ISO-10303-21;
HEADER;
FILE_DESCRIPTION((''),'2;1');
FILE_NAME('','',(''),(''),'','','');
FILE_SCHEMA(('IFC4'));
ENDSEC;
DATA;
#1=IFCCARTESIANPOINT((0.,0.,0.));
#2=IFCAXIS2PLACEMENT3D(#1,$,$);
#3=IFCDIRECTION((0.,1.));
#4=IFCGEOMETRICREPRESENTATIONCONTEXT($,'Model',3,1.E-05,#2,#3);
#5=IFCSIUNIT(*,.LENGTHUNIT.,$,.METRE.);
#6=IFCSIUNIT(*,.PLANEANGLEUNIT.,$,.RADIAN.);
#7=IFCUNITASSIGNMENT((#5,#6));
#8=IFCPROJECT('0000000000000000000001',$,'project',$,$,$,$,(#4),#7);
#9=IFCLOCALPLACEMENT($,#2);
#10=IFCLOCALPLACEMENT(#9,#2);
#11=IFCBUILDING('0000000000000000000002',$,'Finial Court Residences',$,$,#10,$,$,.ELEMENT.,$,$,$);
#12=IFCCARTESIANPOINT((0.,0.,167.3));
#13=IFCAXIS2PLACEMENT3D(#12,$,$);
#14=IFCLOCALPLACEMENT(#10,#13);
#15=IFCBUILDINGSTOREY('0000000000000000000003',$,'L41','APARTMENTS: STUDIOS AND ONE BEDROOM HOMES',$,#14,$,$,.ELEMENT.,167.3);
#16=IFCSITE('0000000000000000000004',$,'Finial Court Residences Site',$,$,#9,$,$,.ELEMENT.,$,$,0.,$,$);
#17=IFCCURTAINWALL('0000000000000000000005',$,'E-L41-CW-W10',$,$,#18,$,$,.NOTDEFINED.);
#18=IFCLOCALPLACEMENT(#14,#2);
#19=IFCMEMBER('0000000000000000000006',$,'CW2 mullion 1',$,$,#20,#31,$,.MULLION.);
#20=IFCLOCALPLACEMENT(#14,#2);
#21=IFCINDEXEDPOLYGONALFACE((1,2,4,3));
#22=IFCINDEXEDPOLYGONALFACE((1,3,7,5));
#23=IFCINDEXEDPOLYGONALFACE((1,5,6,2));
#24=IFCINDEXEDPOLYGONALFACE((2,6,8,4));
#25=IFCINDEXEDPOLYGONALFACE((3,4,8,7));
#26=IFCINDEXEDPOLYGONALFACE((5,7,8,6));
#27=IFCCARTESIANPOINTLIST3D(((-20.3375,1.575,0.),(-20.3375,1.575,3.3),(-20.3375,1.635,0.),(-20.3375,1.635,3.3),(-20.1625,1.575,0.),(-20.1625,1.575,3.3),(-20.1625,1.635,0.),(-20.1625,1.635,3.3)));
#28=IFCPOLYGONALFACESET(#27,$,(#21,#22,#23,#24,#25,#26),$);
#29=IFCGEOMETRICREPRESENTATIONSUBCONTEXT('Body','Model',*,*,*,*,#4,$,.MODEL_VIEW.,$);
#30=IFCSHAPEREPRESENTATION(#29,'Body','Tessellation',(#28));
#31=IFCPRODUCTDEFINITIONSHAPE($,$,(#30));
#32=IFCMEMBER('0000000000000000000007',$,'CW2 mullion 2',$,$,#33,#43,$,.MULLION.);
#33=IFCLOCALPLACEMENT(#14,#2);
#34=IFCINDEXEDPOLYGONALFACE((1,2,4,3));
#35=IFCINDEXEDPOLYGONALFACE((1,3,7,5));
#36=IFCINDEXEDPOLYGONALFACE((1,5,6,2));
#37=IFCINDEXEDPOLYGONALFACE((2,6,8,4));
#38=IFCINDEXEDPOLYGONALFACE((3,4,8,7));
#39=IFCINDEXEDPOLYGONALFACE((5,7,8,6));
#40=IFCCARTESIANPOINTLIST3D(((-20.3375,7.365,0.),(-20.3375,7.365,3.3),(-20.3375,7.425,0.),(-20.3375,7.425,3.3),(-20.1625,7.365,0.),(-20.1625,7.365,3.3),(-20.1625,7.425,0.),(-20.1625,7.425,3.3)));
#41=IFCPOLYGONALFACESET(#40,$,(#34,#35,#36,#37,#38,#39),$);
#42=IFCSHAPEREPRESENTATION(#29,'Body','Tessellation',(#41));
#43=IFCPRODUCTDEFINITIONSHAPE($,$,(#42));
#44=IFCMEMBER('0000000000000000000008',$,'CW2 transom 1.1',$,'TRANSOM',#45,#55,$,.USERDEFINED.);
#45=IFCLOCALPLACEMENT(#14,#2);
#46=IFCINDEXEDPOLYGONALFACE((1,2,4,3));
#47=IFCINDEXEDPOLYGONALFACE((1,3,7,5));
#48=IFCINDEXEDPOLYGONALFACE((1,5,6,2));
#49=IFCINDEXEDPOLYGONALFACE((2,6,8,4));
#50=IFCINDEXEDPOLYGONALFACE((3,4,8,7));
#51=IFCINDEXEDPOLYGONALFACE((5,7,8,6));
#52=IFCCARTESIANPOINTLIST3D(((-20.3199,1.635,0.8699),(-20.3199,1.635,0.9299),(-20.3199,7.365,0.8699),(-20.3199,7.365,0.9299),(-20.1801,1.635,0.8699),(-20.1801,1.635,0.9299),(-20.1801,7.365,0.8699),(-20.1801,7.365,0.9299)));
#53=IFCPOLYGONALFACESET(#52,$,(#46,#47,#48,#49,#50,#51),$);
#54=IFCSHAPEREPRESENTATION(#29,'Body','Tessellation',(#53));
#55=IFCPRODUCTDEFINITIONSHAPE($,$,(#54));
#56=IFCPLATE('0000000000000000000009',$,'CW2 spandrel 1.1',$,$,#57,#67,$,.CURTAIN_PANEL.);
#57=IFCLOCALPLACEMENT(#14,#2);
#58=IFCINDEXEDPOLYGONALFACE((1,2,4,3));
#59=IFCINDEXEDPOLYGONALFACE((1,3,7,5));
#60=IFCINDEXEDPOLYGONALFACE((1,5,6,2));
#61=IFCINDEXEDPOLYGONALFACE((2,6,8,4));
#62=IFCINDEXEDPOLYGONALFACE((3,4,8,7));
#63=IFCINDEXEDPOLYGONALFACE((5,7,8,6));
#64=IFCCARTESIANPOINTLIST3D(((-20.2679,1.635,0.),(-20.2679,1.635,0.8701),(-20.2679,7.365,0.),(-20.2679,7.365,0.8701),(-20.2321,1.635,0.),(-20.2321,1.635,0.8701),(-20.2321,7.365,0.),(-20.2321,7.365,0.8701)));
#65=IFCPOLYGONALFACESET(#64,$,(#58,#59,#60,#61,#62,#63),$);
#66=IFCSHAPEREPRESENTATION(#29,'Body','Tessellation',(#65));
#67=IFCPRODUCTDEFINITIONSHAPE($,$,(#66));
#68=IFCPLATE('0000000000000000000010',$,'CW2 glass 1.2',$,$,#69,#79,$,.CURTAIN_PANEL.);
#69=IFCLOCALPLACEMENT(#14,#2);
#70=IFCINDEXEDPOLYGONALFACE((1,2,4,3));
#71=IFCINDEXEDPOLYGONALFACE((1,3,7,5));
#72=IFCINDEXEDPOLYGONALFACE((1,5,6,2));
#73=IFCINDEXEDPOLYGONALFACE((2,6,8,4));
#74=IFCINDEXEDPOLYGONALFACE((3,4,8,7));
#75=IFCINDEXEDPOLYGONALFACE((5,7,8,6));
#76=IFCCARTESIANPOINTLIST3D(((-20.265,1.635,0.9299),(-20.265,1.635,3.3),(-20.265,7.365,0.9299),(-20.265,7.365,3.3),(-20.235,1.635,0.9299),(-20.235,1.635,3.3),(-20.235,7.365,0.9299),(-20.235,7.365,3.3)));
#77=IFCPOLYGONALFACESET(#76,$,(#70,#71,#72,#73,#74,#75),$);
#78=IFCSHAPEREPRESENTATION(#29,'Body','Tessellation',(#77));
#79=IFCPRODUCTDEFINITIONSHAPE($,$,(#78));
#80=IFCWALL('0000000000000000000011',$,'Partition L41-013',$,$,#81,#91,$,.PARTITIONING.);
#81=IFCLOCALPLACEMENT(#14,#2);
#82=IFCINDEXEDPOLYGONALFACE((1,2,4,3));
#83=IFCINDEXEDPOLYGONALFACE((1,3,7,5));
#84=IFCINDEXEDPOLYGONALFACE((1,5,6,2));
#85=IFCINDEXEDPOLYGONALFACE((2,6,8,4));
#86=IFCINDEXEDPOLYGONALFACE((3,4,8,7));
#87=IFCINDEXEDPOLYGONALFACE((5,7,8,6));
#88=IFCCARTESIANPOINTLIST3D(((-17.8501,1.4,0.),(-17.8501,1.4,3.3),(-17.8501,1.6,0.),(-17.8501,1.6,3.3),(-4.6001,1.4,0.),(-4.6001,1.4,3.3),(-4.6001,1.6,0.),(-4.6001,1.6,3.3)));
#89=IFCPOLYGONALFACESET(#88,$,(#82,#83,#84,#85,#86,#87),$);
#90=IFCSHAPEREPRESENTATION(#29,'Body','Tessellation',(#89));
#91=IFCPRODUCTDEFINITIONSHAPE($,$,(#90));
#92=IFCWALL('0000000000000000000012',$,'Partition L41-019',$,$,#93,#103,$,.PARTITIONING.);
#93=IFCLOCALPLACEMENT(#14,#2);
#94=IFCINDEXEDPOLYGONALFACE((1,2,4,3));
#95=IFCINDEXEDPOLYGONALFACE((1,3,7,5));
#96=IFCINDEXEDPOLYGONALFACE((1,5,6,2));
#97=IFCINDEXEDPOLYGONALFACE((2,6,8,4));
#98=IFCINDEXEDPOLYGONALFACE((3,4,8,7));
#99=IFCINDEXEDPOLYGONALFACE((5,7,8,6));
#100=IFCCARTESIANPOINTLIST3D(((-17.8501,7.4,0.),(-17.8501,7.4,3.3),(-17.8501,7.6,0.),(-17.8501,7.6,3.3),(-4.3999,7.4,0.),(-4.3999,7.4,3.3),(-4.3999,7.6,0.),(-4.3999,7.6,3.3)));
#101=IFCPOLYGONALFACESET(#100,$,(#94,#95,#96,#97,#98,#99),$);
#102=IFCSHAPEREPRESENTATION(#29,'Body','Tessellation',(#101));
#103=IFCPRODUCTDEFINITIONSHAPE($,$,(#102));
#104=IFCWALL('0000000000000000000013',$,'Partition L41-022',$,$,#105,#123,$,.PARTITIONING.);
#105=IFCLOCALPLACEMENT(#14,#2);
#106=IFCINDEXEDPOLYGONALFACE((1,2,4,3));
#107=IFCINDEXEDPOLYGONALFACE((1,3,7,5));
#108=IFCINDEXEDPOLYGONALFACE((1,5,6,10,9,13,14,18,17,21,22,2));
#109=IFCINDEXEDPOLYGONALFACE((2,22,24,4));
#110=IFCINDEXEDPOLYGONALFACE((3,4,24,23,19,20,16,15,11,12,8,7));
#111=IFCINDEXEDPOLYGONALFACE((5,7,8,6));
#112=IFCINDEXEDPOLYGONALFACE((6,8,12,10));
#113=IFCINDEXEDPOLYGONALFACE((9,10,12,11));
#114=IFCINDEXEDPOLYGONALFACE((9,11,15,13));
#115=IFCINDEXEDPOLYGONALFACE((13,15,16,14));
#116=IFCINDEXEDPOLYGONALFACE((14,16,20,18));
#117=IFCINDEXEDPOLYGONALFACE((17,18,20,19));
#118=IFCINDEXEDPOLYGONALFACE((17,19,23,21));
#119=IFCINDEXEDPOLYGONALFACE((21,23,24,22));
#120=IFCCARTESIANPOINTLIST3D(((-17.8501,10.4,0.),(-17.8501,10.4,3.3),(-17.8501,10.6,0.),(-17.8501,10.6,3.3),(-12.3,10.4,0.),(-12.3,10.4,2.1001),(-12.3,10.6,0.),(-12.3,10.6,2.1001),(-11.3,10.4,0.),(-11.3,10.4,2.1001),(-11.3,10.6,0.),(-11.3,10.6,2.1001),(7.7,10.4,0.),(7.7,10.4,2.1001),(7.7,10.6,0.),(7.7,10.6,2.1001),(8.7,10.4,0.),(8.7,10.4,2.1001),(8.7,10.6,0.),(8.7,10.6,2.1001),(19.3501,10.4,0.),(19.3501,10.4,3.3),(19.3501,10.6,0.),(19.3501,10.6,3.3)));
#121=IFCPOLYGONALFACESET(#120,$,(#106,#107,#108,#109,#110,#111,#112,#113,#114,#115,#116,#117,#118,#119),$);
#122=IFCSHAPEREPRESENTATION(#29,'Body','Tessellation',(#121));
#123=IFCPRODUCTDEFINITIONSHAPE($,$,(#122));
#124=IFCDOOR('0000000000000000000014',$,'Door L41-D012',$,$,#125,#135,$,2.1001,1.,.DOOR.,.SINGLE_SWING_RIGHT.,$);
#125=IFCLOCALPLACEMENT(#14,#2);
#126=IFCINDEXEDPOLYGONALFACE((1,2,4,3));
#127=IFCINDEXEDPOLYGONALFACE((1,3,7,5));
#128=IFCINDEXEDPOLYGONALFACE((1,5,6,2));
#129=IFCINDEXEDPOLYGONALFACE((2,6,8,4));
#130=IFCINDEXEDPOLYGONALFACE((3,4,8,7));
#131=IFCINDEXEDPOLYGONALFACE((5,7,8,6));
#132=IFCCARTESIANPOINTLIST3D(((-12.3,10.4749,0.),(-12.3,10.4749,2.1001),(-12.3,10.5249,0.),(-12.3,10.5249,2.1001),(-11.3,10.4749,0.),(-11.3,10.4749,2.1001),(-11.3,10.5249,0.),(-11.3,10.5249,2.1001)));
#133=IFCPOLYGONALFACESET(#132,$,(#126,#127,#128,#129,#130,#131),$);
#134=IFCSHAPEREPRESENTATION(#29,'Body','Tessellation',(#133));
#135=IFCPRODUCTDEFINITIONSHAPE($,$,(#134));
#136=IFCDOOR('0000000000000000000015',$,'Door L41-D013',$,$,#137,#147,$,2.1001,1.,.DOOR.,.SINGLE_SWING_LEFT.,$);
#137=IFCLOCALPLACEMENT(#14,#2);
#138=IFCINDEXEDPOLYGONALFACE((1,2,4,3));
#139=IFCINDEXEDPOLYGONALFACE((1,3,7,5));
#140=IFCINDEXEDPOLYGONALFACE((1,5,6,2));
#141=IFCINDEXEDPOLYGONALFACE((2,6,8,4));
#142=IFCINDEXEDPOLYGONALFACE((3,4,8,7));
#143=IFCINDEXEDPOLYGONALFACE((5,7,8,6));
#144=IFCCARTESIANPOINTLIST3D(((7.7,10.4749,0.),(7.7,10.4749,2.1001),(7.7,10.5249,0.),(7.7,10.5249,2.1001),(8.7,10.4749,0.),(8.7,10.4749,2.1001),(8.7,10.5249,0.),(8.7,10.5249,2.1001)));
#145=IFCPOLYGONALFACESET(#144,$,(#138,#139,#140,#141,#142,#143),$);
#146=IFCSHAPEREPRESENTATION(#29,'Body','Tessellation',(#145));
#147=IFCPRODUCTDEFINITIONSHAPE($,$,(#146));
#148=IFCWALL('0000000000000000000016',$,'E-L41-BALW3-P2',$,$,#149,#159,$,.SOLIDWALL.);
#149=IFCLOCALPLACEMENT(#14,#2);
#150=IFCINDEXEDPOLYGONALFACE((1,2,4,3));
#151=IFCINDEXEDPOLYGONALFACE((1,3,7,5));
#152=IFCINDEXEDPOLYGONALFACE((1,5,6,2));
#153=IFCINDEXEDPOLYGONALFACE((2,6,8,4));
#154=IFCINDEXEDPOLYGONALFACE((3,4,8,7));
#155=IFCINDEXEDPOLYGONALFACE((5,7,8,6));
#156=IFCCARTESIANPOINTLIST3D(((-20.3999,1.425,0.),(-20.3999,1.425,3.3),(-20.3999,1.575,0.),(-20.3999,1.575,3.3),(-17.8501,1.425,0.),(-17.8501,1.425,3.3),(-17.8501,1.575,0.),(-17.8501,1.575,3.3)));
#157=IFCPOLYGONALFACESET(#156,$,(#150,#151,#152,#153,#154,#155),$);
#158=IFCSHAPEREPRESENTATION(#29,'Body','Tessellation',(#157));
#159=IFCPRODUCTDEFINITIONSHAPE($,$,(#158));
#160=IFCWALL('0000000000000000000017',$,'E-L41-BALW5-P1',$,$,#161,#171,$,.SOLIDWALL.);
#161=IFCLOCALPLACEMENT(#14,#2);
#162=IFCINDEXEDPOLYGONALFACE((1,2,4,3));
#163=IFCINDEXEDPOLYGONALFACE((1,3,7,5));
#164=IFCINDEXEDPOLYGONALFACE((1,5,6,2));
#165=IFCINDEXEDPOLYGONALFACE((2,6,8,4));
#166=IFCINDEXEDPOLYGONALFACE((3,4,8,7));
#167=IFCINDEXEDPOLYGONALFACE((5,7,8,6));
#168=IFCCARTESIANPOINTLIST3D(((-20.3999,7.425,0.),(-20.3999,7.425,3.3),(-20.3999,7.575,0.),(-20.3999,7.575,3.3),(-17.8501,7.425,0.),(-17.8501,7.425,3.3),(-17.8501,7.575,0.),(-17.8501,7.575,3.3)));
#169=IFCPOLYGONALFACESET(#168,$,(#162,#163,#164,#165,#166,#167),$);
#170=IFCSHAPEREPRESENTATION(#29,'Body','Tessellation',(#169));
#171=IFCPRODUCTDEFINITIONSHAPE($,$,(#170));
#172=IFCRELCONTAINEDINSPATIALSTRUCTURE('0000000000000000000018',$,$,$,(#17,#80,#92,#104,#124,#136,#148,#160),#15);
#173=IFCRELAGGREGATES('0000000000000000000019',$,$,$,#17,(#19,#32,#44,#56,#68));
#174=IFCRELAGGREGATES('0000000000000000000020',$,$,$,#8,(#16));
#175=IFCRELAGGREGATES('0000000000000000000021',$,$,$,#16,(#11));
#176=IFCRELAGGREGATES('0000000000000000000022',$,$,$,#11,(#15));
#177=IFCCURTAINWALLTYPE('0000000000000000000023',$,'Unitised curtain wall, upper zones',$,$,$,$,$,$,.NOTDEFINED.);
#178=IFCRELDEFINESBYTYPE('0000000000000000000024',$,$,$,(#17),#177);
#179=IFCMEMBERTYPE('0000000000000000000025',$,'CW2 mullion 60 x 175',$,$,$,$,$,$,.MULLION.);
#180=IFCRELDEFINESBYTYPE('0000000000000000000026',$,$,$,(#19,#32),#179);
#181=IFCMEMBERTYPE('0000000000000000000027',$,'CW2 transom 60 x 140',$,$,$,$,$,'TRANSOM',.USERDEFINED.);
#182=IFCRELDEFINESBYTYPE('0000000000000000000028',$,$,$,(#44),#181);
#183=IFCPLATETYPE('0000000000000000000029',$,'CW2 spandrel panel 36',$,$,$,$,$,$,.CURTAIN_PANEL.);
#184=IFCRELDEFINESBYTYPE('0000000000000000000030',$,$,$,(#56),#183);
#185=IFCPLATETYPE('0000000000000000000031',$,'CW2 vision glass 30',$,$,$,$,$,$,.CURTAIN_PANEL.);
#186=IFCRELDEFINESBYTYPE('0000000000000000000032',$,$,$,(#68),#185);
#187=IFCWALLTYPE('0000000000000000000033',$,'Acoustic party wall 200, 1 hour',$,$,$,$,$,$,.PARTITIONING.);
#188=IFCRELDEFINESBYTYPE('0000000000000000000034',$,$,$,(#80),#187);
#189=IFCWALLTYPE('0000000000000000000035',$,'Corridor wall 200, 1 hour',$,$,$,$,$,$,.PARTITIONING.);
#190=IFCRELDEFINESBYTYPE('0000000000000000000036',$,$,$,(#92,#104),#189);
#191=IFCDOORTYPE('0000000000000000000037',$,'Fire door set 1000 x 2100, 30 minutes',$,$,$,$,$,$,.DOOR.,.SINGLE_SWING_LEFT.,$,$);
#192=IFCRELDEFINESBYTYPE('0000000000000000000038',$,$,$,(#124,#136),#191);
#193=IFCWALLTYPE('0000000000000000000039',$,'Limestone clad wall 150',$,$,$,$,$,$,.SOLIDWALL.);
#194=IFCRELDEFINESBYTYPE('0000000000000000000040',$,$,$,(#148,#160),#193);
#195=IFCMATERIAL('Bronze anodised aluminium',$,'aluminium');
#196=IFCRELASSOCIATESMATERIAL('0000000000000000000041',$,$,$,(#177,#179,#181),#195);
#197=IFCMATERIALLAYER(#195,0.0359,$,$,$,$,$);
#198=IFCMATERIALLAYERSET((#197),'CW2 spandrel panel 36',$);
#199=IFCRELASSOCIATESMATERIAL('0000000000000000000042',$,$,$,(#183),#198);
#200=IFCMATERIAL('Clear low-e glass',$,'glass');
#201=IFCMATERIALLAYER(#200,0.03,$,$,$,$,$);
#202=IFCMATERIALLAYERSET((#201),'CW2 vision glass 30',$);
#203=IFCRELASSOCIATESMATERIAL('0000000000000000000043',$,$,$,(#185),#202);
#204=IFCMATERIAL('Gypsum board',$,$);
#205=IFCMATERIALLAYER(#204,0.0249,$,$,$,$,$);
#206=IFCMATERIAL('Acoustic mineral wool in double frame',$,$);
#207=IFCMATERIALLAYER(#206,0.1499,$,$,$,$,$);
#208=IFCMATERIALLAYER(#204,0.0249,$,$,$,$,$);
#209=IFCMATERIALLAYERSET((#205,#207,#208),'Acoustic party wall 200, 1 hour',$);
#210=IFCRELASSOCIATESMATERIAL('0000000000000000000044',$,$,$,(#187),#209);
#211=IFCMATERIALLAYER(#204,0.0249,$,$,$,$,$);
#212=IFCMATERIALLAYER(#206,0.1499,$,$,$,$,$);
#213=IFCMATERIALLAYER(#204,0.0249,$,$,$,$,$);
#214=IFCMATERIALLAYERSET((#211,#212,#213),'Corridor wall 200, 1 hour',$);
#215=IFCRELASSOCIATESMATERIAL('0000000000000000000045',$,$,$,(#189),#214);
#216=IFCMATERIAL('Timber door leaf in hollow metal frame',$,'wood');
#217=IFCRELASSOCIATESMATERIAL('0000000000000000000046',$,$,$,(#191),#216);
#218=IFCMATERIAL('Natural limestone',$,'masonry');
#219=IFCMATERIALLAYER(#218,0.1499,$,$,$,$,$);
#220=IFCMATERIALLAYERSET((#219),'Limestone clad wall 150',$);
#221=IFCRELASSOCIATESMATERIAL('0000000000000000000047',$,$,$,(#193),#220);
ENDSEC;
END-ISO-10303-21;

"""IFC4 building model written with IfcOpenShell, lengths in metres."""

from ifc_helpers import new_model, si_unit, direction, frame, frame_2d, origin, origin_2d, place, context, subcontext, project, spatial, rectangle, extrude, material, layer, layer_set, material_profile, profile_set, type_object, element, fill, aggregate, save


model = new_model("IFC4")

# Units and contexts
model_context = context("Model", 3, precision=1e-05, world=origin(), true_north=direction((0.0, 1.0)))
body_context = subcontext(model_context, "Body", "Model", "MODEL_VIEW")
ifc_project = project(units=[si_unit("LENGTHUNIT", "METRE"), si_unit("PLANEANGLEUNIT", "RADIAN")], contexts=[model_context])

# Site, building, storey
site_placement = place(None, origin())
site = spatial("IfcSite", under=ifc_project, at=site_placement, Name="Finial Court Residences Site", CompositionType="ELEMENT", RefElevation=0.0)
building_placement = place(site_placement, origin())
building = spatial("IfcBuilding", under=site, at=building_placement, Name="Finial Court Residences", CompositionType="ELEMENT")
storey_placement = place(building_placement, frame((0.0, 0.0, 167.3)))
storey = spatial("IfcBuildingStorey", under=building, at=storey_placement, Name="L41", Description="APARTMENTS: STUDIOS AND ONE BEDROOM HOMES", CompositionType="ELEMENT", Elevation=167.3)

# Curtain wall, members, plates
ifc_material_1 = material(Name="Bronze anodised aluminium", Category="aluminium")
curtain_wall_type = type_object("IfcCurtainWallType", Name="Unitised curtain wall, upper zones", PredefinedType="NOTDEFINED", material=ifc_material_1)
curtain_wall_placement = place(storey_placement, origin())
curtain_wall = element("IfcCurtainWall", 1, at=curtain_wall_placement, inside=storey, type_object=curtain_wall_type, Name="E-L41-CW-W10", PredefinedType="NOTDEFINED")
ifc_material_profile_1 = material_profile(ifc_material_1, rectangle(XDim=0.175, YDim=0.0601, at=origin_2d()), Name="CW2 mullion 60 x 175")
ifc_profile_set_1 = profile_set([ifc_material_profile_1], Name="Bronze anodised aluminium")
member_type_1 = type_object("IfcMemberType", Name="CW2 mullion 60 x 175", PredefinedType="MULLION", material=ifc_profile_set_1)
member_1_placement = place(storey_placement, frame((-20.25, 1.605, 0.0), z_axis=(0.0, 0.0, 1.0), x_axis=(-1.0, 0.0, 0.0)))
member_1 = element("IfcMember", 2, at=member_1_placement, type_object=member_type_1, Name="CW2 mullion 1", PredefinedType="MULLION", context=body_context, shape_type="SweptSolid", body=[
    extrude(rectangle(XDim=0.175, YDim=0.0601, at=origin_2d()), origin(), (0.0, 0.0, 1.0), 3.3),
])
member_2_placement = place(storey_placement, frame((-20.25, 7.395, 0.0), z_axis=(0.0, 0.0, 1.0), x_axis=(-1.0, 0.0, 0.0)))
member_2 = element("IfcMember", 3, at=member_2_placement, type_object=member_type_1, Name="CW2 mullion 2", PredefinedType="MULLION", context=body_context, shape_type="SweptSolid", body=[
    extrude(rectangle(XDim=0.175, YDim=0.0601, at=origin_2d()), origin(), (0.0, 0.0, 1.0), 3.3),
])
ifc_material_profile_2 = material_profile(ifc_material_1, rectangle(XDim=0.1399, YDim=0.0601, at=origin_2d()), Name="CW2 transom 60 x 140")
ifc_profile_set_2 = profile_set([ifc_material_profile_2], Name="Bronze anodised aluminium")
member_type_2 = type_object("IfcMemberType", Name="CW2 transom 60 x 140", ElementType="TRANSOM", PredefinedType="USERDEFINED", material=ifc_profile_set_2)
member_3_placement = place(storey_placement, frame((-20.25, 1.635, 0.8999), z_axis=(0.0, 1.0, 0.0), x_axis=(-1.0, 0.0, 0.0)))
member_3 = element("IfcMember", 4, at=member_3_placement, type_object=member_type_2, Name="CW2 transom 1.1", ObjectType="TRANSOM", PredefinedType="USERDEFINED", context=body_context, shape_type="SweptSolid", body=[
    extrude(rectangle(XDim=0.1399, YDim=0.0601, at=origin_2d()), origin(), (0.0, 0.0, 1.0), 5.73),
])
ifc_layer_1 = layer(ifc_material_1, 0.0359)
ifc_layer_set_1 = layer_set([ifc_layer_1], Name="CW2 spandrel panel 36")
plate_type_1 = type_object("IfcPlateType", Name="CW2 spandrel panel 36", PredefinedType="CURTAIN_PANEL", material=ifc_layer_set_1)
plate_1_placement = place(storey_placement, frame((-20.25, 4.5, 0.0), z_axis=(0.0, 0.0, 1.0), x_axis=(0.0, 1.0, 0.0)))
plate_1 = element("IfcPlate", 5, at=plate_1_placement, type_object=plate_type_1, Name="CW2 spandrel 1.1", PredefinedType="CURTAIN_PANEL", context=body_context, shape_type="SweptSolid", body=[
    extrude(rectangle(XDim=5.73, YDim=0.0359, at=origin_2d()), origin(), (0.0, 0.0, 1.0), 0.8701),
])
ifc_material_2 = material(Name="Clear low-e glass", Category="glass")
ifc_layer_2 = layer(ifc_material_2, 0.03)
ifc_layer_set_2 = layer_set([ifc_layer_2], Name="CW2 vision glass 30")
plate_type_2 = type_object("IfcPlateType", Name="CW2 vision glass 30", PredefinedType="CURTAIN_PANEL", material=ifc_layer_set_2)
plate_2_placement = place(storey_placement, frame((-20.25, 4.5, 0.9299), z_axis=(0.0, 0.0, 1.0), x_axis=(0.0, 1.0, 0.0)))
plate_2 = element("IfcPlate", 6, at=plate_2_placement, type_object=plate_type_2, Name="CW2 glass 1.2", PredefinedType="CURTAIN_PANEL", context=body_context, shape_type="SweptSolid", body=[
    extrude(rectangle(XDim=5.73, YDim=0.03, at=origin_2d()), origin(), (0.0, 0.0, 1.0), 2.3701),
])
aggregate(curtain_wall, [member_1, member_2, member_3, plate_1, plate_2])

# Walls
ifc_material_3 = material(Name="Gypsum board")
ifc_layer_3 = layer(ifc_material_3, 0.0249)
ifc_material_4 = material(Name="Acoustic mineral wool in double frame")
ifc_layer_4 = layer(ifc_material_4, 0.1499)
ifc_layer_5 = layer(ifc_material_3, 0.0249)
ifc_layer_set_3 = layer_set([ifc_layer_3, ifc_layer_4, ifc_layer_5], Name="Acoustic party wall 200, 1 hour")
wall_type_1 = type_object("IfcWallType", Name="Acoustic party wall 200, 1 hour", PredefinedType="PARTITIONING", material=ifc_layer_set_3)
wall_1_placement = place(storey_placement, frame((-17.8501, 1.5, 0.0), z_axis=(0.0, 0.0, 1.0), x_axis=(1.0, 0.0, 0.0)))
element("IfcWall", 7, at=wall_1_placement, inside=storey, type_object=wall_type_1, Name="Partition L41-013", PredefinedType="PARTITIONING", context=body_context, shape_type="SweptSolid", body=[
    extrude(rectangle(XDim=13.25, YDim=0.2, at=frame_2d((6.625, 0.0))), origin(), (0.0, 0.0, 1.0), 3.3),
])
ifc_layer_6 = layer(ifc_material_3, 0.0249)
ifc_layer_7 = layer(ifc_material_4, 0.1499)
ifc_layer_8 = layer(ifc_material_3, 0.0249)
ifc_layer_set_4 = layer_set([ifc_layer_6, ifc_layer_7, ifc_layer_8], Name="Corridor wall 200, 1 hour")
wall_type_2 = type_object("IfcWallType", Name="Corridor wall 200, 1 hour", PredefinedType="PARTITIONING", material=ifc_layer_set_4)
wall_2_placement = place(storey_placement, frame((-17.8501, 7.5, 0.0), z_axis=(0.0, 0.0, 1.0), x_axis=(1.0, 0.0, 0.0)))
element("IfcWall", 8, at=wall_2_placement, inside=storey, type_object=wall_type_2, Name="Partition L41-019", PredefinedType="PARTITIONING", context=body_context, shape_type="SweptSolid", body=[
    extrude(rectangle(XDim=13.4502, YDim=0.2, at=frame_2d((6.7251, 0.0))), origin(), (0.0, 0.0, 1.0), 3.3),
])

# Wall, openings, doors
wall_3_placement = place(storey_placement, frame((-17.8501, 10.5, 0.0), z_axis=(0.0, 0.0, 1.0), x_axis=(1.0, 0.0, 0.0)))
wall_3 = element("IfcWall", 9, at=wall_3_placement, inside=storey, type_object=wall_type_2, Name="Partition L41-022", PredefinedType="PARTITIONING", context=body_context, shape_type="SweptSolid", body=[
    extrude(rectangle(XDim=37.2002, YDim=0.2, at=frame_2d((18.6001, 0.0))), origin(), (0.0, 0.0, 1.0), 3.3),
])
opening_1_placement = place(wall_3_placement, frame((5.55, 0.0, 0.0)))
opening_1 = element("IfcOpeningElement", 10, at=opening_1_placement, cuts=wall_3, PredefinedType="OPENING", context=body_context, shape_type="SweptSolid", body=[
    extrude(rectangle(XDim=1.0, YDim=2.1001, at=frame_2d((0.5, 1.05))), frame((0.0, 0.1099, 0.0), z_axis=(0.0, -1.0, 0.0), x_axis=(1.0, 0.0, 0.0)), (0.0, 0.0, 1.0), 0.22),
])
opening_2_placement = place(wall_3_placement, frame((25.55, 0.0, 0.0)))
opening_2 = element("IfcOpeningElement", 11, at=opening_2_placement, cuts=wall_3, PredefinedType="OPENING", context=body_context, shape_type="SweptSolid", body=[
    extrude(rectangle(XDim=1.0, YDim=2.1001, at=frame_2d((0.5, 1.05))), frame((0.0, 0.1099, 0.0), z_axis=(0.0, -1.0, 0.0), x_axis=(1.0, 0.0, 0.0)), (0.0, 0.0, 1.0), 0.22),
])
ifc_material_5 = material(Name="Timber door leaf in hollow metal frame", Category="wood")
door_type_1 = type_object("IfcDoorType", Name="Fire door set 1000 x 2100, 30 minutes", OperationType="SINGLE_SWING_LEFT", PredefinedType="DOOR", material=ifc_material_5)
door_1_placement = place(opening_1_placement, origin())
door_1 = element("IfcDoor", 12, at=door_1_placement, inside=storey, type_object=door_type_1, Name="Door L41-D012", OperationType="SINGLE_SWING_RIGHT", OverallHeight=2.1001, OverallWidth=1.0, PredefinedType="DOOR", context=body_context, shape_type="SweptSolid", body=[
    extrude(rectangle(XDim=1.0, YDim=2.1001, at=frame_2d((0.5, 1.05))), frame((0.0, 0.0249, 0.0), z_axis=(0.0, -1.0, 0.0), x_axis=(1.0, 0.0, 0.0)), (0.0, 0.0, 1.0), 0.05),
])
fill(opening_1, door_1)
door_2_placement = place(opening_2_placement, origin())
door_2 = element("IfcDoor", 13, at=door_2_placement, inside=storey, type_object=door_type_1, Name="Door L41-D013", OperationType="SINGLE_SWING_LEFT", OverallHeight=2.1001, OverallWidth=1.0, PredefinedType="DOOR", context=body_context, shape_type="SweptSolid", body=[
    extrude(rectangle(XDim=1.0, YDim=2.1001, at=frame_2d((0.5, 1.05))), frame((0.0, 0.0249, 0.0), z_axis=(0.0, -1.0, 0.0), x_axis=(1.0, 0.0, 0.0)), (0.0, 0.0, 1.0), 0.05),
])
fill(opening_2, door_2)

# Walls
ifc_material_6 = material(Name="Natural limestone", Category="masonry")
ifc_layer_9 = layer(ifc_material_6, 0.1499)
ifc_layer_set_5 = layer_set([ifc_layer_9], Name="Limestone clad wall 150")
wall_type_3 = type_object("IfcWallType", Name="Limestone clad wall 150", PredefinedType="SOLIDWALL", material=ifc_layer_set_5)
for number, where, z_axis, x_axis, name in (
    (14, (-17.8501, 1.5, 0.0), (0.0, 0.0, 1.0), (-1.0, 0.0, 0.0), "E-L41-BALW3-P2"),
    (15, (-17.8501, 7.5, 0.0), (0.0, 0.0, 1.0), (-1.0, 0.0, 0.0), "E-L41-BALW5-P1"),
):
    element("IfcWall", number, at=place(storey_placement, frame(where, z_axis=z_axis, x_axis=x_axis)), inside=storey, type_object=wall_type_3, Name=name, PredefinedType="SOLIDWALL", context=body_context, shape_type="SweptSolid", body=[
        extrude(rectangle(XDim=2.5498, YDim=0.1499, at=frame_2d((1.2749, 0.0))), origin(), (0.0, 0.0, 1.0), 3.3),
    ])

save(model, "model.ifc")
